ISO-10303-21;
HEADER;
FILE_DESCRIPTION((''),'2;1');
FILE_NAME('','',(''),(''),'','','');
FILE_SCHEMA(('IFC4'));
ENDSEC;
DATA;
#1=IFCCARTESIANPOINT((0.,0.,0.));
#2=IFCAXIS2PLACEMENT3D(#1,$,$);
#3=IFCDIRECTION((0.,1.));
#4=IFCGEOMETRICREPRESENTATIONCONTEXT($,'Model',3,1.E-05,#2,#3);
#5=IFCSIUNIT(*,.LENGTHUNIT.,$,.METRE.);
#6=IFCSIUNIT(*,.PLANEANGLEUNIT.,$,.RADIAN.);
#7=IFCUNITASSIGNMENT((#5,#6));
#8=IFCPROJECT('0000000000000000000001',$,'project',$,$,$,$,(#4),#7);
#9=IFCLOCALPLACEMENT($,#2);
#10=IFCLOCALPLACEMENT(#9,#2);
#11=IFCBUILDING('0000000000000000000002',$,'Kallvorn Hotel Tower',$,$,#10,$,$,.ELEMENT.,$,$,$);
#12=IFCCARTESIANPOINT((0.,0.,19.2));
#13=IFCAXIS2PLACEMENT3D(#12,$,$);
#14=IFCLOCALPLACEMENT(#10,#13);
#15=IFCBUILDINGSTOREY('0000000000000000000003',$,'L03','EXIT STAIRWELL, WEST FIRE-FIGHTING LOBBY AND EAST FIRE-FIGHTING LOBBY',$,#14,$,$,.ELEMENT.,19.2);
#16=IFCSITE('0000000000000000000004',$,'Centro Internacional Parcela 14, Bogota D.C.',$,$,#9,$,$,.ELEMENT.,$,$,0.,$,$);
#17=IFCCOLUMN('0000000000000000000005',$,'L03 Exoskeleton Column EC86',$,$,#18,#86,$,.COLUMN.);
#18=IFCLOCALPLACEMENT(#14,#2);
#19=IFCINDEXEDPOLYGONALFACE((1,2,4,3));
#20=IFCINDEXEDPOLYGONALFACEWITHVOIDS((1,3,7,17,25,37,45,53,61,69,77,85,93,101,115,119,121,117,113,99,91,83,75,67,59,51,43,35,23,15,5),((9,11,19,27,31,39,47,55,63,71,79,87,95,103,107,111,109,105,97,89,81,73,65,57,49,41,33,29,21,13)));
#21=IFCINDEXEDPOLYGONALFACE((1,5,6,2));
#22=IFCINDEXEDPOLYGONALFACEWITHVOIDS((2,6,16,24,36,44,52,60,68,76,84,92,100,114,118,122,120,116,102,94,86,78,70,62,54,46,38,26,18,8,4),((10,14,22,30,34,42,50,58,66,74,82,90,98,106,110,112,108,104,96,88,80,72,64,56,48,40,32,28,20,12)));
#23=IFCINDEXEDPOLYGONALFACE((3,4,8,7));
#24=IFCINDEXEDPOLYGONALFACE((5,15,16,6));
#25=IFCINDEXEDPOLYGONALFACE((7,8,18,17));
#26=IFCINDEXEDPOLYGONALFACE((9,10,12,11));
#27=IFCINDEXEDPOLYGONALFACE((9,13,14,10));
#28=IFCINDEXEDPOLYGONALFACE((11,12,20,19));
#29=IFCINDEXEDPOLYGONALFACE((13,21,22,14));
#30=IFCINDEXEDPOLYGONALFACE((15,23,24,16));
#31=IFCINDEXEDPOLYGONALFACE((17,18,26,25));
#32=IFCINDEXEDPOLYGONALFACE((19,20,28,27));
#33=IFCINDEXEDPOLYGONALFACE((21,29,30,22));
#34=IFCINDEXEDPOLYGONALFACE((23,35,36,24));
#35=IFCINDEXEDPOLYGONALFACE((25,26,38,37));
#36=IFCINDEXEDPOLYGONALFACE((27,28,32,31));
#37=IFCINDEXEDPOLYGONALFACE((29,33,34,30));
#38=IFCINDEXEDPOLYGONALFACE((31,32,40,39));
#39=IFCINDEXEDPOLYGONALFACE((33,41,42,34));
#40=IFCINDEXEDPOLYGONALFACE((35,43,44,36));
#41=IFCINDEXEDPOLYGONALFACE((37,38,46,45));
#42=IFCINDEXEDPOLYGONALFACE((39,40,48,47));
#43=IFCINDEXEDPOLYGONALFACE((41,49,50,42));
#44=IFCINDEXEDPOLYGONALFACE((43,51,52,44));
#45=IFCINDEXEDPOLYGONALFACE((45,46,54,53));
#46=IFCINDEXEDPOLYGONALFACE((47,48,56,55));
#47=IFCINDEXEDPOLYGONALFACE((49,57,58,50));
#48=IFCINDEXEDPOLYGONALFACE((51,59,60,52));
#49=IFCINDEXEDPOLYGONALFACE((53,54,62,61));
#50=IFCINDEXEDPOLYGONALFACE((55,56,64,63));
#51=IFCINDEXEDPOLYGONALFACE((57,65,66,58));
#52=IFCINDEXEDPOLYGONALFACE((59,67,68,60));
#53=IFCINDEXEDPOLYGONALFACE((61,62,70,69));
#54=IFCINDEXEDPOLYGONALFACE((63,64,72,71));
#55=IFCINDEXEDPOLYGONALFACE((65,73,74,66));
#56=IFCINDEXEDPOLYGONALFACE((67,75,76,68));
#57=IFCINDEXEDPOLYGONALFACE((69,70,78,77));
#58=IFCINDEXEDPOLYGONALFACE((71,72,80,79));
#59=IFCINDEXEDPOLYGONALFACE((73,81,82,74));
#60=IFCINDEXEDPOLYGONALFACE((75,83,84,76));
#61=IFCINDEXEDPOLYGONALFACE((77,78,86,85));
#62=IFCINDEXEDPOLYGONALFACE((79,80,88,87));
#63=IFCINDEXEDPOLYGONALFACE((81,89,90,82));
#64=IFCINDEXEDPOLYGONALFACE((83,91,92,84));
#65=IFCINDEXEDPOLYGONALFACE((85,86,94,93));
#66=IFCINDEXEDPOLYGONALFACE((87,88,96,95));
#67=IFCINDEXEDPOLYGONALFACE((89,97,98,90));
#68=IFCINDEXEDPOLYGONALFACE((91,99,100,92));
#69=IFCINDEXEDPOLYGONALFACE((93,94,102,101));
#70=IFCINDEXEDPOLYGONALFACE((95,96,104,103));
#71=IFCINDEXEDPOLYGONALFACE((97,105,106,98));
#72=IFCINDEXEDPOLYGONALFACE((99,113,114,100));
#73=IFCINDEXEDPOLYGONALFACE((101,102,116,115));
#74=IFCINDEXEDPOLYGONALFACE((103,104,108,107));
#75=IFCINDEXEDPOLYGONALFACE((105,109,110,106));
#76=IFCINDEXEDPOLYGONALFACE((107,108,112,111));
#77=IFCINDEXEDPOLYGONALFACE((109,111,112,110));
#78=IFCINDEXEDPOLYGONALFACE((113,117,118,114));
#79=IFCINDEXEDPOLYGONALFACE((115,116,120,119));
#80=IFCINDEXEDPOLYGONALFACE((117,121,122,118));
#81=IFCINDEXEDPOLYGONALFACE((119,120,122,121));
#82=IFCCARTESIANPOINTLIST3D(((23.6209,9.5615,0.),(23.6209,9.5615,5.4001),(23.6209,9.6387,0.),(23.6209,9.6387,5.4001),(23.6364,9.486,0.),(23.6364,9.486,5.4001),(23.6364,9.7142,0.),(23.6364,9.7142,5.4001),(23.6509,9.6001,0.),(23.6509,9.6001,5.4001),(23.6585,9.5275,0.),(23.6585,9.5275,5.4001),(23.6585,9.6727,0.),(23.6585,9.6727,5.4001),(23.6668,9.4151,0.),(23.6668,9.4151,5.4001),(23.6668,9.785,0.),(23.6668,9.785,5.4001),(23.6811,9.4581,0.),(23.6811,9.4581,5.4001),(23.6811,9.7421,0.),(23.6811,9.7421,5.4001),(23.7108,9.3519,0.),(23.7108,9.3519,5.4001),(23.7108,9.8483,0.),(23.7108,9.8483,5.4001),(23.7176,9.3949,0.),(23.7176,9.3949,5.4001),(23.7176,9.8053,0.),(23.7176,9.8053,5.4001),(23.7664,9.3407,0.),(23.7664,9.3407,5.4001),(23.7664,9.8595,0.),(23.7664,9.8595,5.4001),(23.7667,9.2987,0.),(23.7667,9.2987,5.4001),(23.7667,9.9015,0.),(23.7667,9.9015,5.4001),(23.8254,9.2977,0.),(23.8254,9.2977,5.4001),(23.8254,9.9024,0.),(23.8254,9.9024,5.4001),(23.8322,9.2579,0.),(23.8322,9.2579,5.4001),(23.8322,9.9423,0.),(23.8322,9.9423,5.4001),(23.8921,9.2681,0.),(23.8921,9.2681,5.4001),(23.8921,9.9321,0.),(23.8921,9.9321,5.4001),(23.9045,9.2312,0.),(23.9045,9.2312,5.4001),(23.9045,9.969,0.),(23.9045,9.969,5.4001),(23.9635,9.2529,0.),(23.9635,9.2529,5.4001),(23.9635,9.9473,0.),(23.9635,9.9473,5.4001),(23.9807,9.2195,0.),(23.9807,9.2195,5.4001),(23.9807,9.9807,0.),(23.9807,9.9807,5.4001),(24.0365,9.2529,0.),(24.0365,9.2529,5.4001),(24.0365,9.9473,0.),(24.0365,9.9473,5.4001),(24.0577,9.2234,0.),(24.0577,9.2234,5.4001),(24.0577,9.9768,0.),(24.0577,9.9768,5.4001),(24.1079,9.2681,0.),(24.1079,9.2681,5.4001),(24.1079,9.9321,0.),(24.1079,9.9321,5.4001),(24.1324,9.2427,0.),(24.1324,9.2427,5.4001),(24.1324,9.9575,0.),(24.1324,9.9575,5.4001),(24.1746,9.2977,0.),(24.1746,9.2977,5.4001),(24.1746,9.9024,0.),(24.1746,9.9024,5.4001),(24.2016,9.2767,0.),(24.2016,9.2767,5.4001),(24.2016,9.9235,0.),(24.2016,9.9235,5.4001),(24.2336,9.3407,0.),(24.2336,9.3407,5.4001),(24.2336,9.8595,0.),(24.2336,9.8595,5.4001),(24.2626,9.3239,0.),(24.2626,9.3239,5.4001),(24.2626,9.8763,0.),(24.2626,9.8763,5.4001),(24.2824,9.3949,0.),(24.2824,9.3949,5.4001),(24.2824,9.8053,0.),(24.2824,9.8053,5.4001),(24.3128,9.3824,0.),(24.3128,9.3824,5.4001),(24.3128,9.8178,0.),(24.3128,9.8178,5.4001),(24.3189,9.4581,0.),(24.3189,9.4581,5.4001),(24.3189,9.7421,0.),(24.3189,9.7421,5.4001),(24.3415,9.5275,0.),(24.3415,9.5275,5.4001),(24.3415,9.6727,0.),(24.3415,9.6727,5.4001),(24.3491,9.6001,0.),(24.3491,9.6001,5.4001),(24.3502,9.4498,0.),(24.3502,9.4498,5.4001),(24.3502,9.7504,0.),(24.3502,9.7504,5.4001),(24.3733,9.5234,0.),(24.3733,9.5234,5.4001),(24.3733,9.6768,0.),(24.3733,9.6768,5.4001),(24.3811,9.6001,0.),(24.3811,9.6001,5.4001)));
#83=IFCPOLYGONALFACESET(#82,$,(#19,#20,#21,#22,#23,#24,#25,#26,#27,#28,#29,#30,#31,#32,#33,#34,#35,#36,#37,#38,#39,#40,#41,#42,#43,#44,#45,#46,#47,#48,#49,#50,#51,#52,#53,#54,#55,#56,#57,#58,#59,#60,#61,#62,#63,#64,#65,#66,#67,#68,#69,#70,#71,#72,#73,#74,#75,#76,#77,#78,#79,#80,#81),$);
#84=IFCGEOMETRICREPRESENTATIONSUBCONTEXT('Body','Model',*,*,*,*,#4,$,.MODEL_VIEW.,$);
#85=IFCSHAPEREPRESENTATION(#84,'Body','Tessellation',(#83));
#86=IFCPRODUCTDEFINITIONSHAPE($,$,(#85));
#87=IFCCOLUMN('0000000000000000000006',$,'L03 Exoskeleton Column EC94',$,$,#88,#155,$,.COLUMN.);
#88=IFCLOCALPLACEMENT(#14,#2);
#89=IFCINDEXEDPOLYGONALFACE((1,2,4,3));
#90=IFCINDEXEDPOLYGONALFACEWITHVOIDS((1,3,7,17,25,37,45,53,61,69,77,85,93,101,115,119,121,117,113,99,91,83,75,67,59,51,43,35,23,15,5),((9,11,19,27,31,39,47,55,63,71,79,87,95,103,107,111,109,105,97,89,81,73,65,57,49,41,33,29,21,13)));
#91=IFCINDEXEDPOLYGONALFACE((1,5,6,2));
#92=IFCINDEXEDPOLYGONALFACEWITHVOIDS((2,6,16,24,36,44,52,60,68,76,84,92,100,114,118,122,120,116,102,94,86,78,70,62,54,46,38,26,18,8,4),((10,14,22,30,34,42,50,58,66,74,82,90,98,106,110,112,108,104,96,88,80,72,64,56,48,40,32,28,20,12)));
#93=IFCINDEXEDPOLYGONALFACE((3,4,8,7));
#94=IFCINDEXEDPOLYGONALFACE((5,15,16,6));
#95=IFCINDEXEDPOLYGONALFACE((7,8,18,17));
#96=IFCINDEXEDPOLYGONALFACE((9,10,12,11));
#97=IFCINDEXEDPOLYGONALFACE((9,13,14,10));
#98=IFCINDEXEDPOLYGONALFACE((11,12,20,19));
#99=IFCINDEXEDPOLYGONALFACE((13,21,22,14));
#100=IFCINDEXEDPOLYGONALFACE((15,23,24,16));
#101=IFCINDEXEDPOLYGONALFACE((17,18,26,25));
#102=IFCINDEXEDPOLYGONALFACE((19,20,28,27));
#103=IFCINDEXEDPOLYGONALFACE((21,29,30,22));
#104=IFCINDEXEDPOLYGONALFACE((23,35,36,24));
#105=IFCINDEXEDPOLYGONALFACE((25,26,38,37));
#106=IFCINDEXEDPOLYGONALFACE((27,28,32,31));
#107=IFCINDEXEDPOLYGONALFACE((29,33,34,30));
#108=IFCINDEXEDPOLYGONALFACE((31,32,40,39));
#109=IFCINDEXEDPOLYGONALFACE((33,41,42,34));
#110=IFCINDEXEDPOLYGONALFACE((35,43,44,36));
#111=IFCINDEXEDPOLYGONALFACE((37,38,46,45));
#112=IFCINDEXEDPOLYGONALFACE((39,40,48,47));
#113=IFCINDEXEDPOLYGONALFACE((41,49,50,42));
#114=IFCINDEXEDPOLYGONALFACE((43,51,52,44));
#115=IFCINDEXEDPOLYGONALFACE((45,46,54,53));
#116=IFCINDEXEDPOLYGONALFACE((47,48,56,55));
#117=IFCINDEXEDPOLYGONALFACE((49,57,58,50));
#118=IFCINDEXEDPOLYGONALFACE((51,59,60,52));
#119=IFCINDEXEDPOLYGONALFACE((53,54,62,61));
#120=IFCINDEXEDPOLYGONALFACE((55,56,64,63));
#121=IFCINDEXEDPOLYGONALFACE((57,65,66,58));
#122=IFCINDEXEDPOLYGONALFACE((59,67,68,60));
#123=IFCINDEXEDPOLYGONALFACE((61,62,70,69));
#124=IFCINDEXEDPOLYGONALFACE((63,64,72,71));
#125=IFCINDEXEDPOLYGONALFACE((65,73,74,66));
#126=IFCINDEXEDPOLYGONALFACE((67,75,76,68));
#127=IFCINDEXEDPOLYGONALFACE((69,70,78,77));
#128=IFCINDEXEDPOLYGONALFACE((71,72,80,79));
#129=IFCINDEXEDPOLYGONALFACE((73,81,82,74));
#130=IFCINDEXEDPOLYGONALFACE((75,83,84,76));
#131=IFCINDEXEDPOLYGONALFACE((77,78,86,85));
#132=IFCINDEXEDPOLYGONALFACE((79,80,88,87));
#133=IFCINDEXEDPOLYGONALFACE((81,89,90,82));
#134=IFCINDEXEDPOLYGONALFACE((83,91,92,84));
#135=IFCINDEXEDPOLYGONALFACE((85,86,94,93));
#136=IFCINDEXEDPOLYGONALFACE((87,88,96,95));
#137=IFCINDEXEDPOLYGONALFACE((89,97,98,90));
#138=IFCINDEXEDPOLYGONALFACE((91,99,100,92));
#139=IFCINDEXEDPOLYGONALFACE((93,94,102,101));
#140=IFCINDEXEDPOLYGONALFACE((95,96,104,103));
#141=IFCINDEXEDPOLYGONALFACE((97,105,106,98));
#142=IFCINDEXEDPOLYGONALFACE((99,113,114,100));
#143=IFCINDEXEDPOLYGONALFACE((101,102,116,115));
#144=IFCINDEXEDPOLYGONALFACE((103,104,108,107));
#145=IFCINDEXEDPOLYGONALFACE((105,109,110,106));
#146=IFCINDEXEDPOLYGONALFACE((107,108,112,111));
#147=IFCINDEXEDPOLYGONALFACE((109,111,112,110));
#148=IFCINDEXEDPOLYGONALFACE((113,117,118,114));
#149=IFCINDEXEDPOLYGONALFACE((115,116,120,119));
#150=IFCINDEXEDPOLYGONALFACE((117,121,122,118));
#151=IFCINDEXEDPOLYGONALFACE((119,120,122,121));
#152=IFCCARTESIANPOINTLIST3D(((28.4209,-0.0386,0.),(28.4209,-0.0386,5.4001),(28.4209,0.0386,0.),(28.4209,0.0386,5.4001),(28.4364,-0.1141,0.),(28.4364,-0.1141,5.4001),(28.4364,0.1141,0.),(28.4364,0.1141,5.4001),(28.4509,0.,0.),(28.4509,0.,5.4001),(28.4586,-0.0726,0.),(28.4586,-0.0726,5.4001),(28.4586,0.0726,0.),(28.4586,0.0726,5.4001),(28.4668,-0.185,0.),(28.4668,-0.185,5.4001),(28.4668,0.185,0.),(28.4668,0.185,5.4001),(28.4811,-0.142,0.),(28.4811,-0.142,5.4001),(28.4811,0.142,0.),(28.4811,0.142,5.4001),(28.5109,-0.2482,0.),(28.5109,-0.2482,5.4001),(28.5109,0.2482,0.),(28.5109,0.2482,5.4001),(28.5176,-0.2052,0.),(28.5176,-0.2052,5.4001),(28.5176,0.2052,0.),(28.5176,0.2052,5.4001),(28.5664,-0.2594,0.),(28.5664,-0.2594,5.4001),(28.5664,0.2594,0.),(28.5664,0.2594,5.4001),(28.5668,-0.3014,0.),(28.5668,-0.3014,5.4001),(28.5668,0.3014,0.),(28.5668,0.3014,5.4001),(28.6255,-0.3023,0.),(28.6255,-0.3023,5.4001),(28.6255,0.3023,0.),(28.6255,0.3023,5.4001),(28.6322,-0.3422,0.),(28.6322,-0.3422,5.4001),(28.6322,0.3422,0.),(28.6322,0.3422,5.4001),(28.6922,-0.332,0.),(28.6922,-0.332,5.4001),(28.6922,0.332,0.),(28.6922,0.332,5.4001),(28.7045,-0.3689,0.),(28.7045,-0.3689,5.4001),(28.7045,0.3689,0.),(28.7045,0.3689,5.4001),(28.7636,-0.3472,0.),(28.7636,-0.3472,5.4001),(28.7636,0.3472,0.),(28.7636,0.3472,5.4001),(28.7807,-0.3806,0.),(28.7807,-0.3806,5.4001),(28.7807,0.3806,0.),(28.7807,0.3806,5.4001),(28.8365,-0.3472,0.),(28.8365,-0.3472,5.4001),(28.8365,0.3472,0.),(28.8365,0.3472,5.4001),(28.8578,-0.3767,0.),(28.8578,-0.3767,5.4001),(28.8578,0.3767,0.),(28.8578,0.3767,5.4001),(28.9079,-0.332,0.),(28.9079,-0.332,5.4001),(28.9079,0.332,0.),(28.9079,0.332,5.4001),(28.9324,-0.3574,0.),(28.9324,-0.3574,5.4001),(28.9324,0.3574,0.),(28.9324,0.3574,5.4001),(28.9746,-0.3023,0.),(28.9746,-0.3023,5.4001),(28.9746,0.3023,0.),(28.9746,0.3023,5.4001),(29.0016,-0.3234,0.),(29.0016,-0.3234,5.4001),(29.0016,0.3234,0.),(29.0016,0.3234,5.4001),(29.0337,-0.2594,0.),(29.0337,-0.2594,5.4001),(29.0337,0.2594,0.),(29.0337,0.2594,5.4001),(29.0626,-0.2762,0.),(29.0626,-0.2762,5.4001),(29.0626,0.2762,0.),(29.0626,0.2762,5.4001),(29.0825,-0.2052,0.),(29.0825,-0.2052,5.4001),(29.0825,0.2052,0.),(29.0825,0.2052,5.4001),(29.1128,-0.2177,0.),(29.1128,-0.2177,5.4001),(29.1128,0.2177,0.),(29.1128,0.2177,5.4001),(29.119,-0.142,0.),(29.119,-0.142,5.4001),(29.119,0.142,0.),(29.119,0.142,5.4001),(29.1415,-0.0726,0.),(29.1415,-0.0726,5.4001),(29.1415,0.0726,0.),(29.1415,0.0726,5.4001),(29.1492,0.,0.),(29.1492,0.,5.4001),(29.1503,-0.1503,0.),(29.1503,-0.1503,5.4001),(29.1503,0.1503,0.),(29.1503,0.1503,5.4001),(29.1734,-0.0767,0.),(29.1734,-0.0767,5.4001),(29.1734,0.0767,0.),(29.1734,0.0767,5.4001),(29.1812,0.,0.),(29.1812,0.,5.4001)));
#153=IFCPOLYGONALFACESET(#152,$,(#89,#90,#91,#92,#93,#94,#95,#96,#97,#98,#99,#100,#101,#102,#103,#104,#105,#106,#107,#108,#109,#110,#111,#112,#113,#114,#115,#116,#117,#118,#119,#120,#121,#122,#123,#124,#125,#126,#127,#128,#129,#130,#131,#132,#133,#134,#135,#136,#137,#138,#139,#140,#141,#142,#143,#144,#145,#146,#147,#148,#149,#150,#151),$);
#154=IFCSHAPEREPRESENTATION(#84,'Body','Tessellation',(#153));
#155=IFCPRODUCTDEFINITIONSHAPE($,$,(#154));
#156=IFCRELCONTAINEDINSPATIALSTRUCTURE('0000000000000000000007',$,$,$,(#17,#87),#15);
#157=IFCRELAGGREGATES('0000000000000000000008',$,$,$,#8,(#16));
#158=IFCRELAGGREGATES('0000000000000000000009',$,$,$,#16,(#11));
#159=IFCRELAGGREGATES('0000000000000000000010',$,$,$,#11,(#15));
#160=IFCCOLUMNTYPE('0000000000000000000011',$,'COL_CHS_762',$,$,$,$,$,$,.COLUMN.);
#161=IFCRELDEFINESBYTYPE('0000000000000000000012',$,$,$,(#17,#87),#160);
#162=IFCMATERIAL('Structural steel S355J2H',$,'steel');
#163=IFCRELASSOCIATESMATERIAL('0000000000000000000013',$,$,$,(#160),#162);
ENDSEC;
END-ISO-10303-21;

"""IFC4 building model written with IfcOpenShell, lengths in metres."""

from ifc_helpers import new_model, si_unit, direction, frame, origin, origin_2d, place, context, subcontext, project, spatial, hollow_circle, extrude, material, material_profile, profile_set, type_object, element, save


model = new_model("IFC4")

# Units and contexts
model_context = context("Model", 3, precision=1e-05, world=origin(), true_north=direction((0.0, 1.0)))
body_context = subcontext(model_context, "Body", "Model", "MODEL_VIEW")
ifc_project = project(units=[si_unit("LENGTHUNIT", "METRE"), si_unit("PLANEANGLEUNIT", "RADIAN")], contexts=[model_context])

# Site, building, storey
site_placement = place(None, origin())
site = spatial("IfcSite", under=ifc_project, at=site_placement, Name="Centro Internacional Parcela 14, Bogota D.C.", CompositionType="ELEMENT", RefElevation=0.0)
building_placement = place(site_placement, origin())
building = spatial("IfcBuilding", under=site, at=building_placement, Name="Kallvorn Hotel Tower", CompositionType="ELEMENT")
storey_placement = place(building_placement, frame((0.0, 0.0, 19.2)))
storey = spatial("IfcBuildingStorey", under=building, at=storey_placement, Name="L03", Description="EXIT STAIRWELL, WEST FIRE-FIGHTING LOBBY AND EAST FIRE-FIGHTING LOBBY", CompositionType="ELEMENT", Elevation=19.2)

# Columns
ifc_material_1 = material(Name="Structural steel S355J2H", Category="steel")
ifc_material_profile_1 = material_profile(ifc_material_1, hollow_circle(Radius=0.3811, WallThickness=0.032, at=origin_2d()), Name="CHS 762x32")
ifc_profile_set_1 = profile_set([ifc_material_profile_1], Name="Structural steel S355J2H")
column_type_1 = type_object("IfcColumnType", Name="COL_CHS_762", PredefinedType="COLUMN", material=ifc_profile_set_1)
for number, where, z_axis, x_axis, name in (
    (1, (24.0, 9.6001, 0.0), (0.0, 0.0, 1.0), (1.0, 0.0, 0.0), "L03 Exoskeleton Column EC86"),
    (2, (28.8, 0.0, 0.0), (0.0, 0.0, 1.0), (1.0, 0.0, 0.0), "L03 Exoskeleton Column EC94"),
):
    element("IfcColumn", number, at=place(storey_placement, frame(where, z_axis=z_axis, x_axis=x_axis)), inside=storey, type_object=column_type_1, Name=name, PredefinedType="COLUMN", context=body_context, shape_type="SweptSolid", body=[
        extrude(hollow_circle(Radius=0.3811, WallThickness=0.032, at=origin_2d()), origin(), (0.0, 0.0, 1.0), 5.4001),
    ])

save(model, "model.ifc")
